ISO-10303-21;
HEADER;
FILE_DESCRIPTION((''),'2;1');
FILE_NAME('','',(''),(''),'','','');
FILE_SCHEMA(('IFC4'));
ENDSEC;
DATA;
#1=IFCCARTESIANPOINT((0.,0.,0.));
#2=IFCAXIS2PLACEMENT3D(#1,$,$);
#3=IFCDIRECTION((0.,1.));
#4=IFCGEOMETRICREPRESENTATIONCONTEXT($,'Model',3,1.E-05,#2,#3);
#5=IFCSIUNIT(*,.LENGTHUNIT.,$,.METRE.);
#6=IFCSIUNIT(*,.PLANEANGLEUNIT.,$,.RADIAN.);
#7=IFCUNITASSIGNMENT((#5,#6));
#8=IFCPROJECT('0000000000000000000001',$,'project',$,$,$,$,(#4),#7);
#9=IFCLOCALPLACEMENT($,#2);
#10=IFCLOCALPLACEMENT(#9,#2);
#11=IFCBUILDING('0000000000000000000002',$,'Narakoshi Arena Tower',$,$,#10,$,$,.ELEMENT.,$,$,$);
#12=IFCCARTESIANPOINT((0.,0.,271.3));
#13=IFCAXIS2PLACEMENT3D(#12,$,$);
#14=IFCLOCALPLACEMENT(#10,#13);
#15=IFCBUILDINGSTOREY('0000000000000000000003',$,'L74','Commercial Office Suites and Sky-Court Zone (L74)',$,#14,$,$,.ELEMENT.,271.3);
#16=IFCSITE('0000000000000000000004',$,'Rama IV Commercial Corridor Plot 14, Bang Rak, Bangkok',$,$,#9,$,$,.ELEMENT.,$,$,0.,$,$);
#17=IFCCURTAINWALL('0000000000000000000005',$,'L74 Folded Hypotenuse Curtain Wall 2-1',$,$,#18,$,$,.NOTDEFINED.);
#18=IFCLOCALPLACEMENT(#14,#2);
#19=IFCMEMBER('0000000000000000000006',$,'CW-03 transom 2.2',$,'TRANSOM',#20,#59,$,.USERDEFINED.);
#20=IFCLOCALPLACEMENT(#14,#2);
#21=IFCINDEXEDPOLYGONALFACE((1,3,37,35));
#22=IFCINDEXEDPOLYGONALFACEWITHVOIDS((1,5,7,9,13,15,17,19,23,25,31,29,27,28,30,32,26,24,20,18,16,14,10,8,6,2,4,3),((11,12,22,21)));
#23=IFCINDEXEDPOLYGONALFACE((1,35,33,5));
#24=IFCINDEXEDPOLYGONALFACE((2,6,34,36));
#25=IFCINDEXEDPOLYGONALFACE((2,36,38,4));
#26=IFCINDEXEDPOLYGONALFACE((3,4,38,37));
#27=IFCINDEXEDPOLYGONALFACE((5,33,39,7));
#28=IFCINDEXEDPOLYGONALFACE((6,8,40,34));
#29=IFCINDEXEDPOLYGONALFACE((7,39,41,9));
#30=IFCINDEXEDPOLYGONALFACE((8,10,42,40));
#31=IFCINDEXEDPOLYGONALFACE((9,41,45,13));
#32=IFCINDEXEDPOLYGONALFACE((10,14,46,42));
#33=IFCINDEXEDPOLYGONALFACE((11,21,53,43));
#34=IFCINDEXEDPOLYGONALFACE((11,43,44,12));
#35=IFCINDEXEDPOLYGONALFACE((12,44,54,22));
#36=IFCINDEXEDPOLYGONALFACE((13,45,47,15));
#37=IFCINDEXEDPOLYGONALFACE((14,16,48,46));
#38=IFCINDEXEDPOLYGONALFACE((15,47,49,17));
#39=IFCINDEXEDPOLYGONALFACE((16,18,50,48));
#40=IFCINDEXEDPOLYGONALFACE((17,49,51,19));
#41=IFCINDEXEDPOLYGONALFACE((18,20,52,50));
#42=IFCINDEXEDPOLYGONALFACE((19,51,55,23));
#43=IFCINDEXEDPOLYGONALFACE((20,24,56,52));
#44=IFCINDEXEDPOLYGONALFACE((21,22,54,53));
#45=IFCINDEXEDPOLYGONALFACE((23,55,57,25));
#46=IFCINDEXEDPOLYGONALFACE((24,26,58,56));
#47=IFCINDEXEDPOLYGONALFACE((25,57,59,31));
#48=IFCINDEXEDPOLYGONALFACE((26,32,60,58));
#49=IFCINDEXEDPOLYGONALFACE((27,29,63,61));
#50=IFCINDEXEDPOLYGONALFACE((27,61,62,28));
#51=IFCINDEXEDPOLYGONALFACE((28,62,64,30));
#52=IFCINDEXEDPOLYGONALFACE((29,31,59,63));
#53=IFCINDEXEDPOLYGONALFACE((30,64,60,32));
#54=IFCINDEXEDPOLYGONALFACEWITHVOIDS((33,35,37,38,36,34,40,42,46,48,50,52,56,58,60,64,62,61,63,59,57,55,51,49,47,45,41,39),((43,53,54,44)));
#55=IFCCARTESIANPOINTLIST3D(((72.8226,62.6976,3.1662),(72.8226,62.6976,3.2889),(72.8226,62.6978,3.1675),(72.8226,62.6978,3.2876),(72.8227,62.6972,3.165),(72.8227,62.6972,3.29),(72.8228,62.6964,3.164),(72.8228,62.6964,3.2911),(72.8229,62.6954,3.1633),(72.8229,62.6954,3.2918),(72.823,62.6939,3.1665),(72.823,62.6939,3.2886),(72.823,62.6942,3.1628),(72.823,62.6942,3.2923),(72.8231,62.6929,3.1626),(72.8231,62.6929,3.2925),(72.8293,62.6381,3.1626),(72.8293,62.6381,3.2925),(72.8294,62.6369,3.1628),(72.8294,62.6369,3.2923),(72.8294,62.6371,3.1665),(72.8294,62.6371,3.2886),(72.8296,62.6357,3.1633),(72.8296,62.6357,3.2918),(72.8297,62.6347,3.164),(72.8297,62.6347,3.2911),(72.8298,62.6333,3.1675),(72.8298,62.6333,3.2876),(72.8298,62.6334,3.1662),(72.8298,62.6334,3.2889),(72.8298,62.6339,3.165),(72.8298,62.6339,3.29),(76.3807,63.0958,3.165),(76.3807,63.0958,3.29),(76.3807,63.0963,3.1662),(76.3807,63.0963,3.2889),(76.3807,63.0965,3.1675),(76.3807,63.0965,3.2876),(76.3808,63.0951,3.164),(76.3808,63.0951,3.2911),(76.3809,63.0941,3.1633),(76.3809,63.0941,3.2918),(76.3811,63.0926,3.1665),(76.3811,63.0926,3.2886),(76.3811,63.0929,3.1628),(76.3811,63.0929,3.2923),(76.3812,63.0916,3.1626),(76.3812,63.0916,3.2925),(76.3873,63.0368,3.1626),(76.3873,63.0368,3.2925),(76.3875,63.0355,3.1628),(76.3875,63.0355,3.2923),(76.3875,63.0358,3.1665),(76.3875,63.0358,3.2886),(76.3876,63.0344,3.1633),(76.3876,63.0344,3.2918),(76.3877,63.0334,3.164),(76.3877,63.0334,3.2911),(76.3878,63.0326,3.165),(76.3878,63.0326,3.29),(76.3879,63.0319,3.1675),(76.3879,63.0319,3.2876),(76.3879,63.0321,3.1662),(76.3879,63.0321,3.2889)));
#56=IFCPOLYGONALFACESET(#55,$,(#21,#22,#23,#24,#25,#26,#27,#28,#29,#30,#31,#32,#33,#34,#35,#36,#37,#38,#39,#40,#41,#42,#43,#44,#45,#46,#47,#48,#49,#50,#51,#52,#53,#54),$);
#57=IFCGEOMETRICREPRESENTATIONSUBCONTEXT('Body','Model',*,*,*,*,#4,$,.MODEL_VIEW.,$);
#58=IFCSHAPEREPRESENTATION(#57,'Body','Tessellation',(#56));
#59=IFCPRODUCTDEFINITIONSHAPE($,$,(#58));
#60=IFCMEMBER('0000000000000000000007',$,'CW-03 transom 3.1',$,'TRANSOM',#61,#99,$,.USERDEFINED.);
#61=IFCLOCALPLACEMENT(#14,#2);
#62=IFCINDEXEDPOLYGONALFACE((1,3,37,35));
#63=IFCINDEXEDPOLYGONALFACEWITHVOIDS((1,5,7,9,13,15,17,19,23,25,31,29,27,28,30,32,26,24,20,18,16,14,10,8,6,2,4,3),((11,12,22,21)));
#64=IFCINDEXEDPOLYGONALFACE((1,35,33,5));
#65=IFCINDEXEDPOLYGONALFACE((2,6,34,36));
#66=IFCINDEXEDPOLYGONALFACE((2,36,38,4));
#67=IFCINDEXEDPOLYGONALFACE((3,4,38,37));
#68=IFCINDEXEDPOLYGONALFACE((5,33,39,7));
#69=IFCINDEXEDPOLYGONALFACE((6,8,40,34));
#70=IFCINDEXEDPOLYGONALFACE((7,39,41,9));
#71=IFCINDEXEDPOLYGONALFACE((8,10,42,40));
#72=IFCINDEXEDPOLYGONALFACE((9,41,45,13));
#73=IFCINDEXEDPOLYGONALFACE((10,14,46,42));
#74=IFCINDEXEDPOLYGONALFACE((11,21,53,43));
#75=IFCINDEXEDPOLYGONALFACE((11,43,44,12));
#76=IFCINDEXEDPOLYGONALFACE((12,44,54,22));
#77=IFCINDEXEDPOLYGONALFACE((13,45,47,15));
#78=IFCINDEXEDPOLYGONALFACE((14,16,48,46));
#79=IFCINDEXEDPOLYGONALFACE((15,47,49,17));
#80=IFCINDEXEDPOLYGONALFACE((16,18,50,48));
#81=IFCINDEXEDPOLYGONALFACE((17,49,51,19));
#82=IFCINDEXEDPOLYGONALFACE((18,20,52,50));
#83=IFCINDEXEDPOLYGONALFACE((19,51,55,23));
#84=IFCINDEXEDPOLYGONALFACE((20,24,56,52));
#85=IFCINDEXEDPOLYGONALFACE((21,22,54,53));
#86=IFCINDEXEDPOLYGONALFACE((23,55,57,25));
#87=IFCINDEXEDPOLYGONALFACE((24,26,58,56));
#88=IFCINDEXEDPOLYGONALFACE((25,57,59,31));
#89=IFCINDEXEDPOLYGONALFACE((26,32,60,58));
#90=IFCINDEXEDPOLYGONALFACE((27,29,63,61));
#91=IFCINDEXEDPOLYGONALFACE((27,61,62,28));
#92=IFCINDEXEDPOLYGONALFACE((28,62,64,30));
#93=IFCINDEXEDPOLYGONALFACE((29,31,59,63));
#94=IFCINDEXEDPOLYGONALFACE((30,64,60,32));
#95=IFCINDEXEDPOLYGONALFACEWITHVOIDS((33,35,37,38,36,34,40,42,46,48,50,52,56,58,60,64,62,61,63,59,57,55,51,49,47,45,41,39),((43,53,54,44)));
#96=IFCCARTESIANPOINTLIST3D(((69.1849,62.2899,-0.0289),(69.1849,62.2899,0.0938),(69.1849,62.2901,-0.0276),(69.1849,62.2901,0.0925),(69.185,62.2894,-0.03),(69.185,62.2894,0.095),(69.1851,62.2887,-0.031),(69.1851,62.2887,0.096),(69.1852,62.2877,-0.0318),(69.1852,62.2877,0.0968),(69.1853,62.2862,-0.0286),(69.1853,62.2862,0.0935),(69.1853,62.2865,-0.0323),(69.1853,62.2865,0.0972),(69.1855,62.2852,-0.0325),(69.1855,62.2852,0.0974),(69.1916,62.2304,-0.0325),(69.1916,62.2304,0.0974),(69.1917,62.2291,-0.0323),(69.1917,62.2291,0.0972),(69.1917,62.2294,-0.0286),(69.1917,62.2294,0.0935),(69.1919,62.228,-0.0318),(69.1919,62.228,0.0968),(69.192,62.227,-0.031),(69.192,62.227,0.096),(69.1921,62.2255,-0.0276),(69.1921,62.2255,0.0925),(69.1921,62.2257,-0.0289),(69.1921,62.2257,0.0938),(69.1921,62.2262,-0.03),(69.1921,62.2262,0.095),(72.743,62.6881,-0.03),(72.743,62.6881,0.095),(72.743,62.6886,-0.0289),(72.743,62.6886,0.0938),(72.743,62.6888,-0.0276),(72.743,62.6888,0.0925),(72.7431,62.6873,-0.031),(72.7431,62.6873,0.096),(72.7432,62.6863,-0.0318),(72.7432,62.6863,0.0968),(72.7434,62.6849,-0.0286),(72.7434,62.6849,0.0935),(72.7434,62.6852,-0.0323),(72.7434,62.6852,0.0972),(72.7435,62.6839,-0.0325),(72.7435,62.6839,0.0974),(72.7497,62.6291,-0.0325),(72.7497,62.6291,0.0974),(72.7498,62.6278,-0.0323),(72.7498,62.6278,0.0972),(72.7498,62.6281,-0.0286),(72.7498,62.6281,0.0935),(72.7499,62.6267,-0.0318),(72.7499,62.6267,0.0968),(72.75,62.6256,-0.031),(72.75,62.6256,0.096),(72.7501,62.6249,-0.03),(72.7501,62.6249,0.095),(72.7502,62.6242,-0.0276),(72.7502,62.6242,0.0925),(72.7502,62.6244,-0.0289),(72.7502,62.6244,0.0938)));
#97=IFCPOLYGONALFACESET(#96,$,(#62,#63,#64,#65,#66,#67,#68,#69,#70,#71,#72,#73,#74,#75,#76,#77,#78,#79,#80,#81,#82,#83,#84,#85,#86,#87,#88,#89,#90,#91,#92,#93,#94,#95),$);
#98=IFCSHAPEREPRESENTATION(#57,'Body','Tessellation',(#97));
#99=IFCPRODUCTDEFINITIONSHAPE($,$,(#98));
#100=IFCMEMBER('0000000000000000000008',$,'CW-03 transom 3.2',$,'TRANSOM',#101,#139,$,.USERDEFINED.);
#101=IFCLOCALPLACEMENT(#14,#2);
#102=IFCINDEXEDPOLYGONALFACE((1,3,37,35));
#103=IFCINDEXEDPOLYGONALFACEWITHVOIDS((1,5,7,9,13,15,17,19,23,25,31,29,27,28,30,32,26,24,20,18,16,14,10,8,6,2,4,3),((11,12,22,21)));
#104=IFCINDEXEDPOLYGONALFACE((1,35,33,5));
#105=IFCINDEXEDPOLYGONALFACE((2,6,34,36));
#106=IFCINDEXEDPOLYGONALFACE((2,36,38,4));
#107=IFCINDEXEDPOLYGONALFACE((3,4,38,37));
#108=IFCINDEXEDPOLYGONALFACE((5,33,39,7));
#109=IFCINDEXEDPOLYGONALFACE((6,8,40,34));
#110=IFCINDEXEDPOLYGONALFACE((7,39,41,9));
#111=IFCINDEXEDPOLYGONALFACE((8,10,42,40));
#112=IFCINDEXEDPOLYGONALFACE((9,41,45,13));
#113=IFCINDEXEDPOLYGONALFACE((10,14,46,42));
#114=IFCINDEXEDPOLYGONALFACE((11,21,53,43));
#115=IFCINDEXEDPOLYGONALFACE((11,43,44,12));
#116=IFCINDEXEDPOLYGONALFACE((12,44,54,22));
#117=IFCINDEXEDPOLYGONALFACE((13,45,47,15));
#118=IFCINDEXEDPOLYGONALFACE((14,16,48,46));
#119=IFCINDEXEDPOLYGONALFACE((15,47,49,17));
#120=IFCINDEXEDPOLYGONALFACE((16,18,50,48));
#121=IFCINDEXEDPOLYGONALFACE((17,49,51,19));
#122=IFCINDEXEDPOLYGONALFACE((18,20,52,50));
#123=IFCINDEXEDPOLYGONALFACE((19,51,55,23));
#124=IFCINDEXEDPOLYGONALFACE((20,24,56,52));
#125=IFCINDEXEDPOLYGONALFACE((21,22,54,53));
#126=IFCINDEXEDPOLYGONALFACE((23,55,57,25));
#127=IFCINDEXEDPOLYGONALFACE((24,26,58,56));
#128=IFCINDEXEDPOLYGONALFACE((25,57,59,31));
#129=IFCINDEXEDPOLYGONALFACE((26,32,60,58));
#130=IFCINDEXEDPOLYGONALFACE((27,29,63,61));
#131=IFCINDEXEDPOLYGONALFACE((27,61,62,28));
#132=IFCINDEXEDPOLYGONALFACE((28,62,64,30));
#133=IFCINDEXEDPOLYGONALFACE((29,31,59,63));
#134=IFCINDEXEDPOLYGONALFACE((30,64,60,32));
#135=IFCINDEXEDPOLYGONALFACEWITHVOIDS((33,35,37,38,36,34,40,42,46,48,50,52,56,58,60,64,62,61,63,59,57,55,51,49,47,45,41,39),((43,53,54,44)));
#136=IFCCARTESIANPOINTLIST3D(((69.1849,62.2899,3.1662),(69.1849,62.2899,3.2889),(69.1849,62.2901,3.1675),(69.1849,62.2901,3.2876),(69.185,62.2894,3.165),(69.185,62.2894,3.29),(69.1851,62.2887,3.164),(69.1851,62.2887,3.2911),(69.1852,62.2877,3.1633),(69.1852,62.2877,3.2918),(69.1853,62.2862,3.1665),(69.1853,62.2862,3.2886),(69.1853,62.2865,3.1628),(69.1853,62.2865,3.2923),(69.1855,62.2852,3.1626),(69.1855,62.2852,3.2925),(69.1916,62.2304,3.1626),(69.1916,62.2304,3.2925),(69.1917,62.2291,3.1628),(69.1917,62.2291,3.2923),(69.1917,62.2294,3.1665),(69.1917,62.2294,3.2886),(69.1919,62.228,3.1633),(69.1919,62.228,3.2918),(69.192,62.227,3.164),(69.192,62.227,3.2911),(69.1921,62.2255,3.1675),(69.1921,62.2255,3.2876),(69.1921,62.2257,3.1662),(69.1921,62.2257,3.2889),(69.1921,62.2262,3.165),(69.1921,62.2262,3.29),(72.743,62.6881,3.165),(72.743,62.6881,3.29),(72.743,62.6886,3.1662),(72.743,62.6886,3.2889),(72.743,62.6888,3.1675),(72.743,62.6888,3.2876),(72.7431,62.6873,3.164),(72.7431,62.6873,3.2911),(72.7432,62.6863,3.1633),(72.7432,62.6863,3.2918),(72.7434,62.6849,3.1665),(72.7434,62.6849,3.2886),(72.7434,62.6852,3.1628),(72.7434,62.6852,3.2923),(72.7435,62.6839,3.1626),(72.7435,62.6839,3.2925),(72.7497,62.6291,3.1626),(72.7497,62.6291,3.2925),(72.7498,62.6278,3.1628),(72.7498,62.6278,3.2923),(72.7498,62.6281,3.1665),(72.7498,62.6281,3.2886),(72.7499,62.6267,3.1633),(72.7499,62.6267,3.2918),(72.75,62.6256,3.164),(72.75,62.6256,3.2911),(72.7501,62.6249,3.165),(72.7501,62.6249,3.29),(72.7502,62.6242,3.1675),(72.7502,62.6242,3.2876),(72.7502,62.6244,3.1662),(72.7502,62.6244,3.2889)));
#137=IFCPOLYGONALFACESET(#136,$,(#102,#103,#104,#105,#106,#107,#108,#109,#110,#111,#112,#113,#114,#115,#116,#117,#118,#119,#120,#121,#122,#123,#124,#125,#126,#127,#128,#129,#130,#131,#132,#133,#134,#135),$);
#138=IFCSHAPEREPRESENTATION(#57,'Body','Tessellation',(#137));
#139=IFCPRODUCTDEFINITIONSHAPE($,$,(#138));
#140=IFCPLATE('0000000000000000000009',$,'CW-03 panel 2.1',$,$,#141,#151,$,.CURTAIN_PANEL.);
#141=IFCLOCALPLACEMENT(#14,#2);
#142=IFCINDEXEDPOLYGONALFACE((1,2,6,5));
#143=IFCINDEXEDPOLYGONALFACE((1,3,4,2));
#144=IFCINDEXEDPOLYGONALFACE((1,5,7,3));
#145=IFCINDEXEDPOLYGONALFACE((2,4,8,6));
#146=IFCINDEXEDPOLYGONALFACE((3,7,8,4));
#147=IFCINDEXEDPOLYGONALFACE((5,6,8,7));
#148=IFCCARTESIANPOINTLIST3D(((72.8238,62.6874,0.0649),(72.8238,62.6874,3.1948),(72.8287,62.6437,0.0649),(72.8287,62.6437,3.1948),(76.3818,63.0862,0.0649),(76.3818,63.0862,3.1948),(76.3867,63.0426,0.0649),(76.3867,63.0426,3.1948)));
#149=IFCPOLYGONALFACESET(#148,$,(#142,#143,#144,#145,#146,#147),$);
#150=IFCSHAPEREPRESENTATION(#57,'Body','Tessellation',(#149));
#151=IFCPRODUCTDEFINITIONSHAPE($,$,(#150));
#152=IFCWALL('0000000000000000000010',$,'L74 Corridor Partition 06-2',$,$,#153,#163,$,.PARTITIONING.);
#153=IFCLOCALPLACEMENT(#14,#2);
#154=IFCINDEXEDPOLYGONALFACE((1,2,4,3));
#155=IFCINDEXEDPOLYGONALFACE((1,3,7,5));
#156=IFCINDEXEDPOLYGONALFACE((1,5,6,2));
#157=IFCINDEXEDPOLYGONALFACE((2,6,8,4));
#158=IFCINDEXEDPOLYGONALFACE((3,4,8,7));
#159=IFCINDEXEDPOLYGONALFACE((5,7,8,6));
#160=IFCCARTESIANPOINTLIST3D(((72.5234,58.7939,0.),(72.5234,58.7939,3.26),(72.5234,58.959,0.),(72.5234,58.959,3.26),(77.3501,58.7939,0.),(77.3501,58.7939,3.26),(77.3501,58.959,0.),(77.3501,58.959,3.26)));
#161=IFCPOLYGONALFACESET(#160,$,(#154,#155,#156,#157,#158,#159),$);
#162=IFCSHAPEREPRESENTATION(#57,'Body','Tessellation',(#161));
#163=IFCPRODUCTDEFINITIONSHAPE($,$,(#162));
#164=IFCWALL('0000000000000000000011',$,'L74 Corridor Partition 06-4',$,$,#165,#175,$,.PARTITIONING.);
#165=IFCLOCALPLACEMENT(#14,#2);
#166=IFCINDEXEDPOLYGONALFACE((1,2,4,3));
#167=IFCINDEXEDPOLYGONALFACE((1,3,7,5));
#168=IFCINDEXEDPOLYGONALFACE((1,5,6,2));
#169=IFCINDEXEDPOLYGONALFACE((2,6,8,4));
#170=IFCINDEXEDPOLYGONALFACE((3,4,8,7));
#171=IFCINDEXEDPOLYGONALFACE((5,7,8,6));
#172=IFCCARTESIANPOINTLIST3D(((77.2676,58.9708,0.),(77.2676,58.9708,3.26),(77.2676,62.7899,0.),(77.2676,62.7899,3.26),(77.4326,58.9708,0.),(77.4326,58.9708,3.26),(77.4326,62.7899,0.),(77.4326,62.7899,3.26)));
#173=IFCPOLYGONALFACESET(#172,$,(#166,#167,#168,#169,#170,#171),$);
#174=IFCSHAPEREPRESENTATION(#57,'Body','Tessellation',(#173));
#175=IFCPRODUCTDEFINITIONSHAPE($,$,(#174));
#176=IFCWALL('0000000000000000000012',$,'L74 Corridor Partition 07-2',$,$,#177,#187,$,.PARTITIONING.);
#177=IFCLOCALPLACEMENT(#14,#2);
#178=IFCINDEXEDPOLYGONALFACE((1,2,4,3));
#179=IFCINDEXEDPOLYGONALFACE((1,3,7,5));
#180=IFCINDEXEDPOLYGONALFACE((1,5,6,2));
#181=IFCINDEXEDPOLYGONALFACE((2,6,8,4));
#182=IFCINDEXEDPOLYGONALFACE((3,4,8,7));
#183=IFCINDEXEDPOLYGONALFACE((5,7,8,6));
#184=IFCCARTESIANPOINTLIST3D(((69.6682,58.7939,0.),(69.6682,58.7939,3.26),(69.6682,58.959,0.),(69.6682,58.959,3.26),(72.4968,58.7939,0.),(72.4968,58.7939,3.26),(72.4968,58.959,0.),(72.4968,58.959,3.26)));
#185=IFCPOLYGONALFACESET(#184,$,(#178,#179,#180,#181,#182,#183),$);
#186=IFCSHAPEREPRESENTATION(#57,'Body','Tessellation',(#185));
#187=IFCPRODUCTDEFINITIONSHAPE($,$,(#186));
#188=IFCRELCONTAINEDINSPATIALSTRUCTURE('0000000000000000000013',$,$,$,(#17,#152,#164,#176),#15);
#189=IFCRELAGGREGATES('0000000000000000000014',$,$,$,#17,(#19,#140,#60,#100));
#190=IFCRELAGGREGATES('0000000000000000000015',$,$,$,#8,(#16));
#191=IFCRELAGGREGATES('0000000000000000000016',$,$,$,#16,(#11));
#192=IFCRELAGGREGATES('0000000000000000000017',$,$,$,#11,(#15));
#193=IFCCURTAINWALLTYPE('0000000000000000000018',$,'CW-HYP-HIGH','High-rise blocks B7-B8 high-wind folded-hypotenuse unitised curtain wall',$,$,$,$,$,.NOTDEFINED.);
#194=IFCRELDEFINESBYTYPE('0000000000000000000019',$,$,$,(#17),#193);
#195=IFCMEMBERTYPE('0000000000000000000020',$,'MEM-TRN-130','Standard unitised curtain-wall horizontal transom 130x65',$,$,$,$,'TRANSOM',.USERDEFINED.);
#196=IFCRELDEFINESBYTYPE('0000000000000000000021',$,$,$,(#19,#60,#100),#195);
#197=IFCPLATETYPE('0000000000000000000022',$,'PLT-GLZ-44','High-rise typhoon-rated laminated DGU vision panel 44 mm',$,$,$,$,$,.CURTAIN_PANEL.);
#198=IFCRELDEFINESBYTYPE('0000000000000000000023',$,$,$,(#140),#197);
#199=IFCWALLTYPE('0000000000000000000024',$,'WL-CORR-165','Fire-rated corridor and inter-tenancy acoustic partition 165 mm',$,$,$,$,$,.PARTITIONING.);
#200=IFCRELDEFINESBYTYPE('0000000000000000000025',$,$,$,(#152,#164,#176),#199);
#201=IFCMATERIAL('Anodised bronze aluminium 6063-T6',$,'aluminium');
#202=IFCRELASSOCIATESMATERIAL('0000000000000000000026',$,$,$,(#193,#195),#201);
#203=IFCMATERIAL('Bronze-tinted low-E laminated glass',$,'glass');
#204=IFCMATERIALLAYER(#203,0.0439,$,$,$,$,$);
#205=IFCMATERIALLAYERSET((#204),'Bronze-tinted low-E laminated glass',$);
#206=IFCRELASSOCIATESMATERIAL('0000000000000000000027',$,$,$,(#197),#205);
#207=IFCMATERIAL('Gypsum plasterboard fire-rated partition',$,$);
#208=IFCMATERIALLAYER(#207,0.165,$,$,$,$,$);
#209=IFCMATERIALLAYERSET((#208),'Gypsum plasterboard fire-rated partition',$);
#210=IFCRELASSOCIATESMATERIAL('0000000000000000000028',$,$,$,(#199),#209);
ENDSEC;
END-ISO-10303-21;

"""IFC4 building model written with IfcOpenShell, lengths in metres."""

from ifc_helpers import new_model, si_unit, direction, frame, frame_2d, origin, origin_2d, place, context, subcontext, project, spatial, rectangle, hollow_rectangle, extrude, material, layer, layer_set, material_profile, profile_set, type_object, element, aggregate, save


model = new_model("IFC4")

# Units and contexts
model_context = context("Model", 3, precision=1e-05, world=origin(), true_north=direction((0.0, 1.0)))
body_context = subcontext(model_context, "Body", "Model", "MODEL_VIEW")
ifc_project = project(units=[si_unit("LENGTHUNIT", "METRE"), si_unit("PLANEANGLEUNIT", "RADIAN")], contexts=[model_context])

# Site, building, storey
site_placement = place(None, origin())
site = spatial("IfcSite", under=ifc_project, at=site_placement, Name="Rama IV Commercial Corridor Plot 14, Bang Rak, Bangkok", CompositionType="ELEMENT", RefElevation=0.0)
building_placement = place(site_placement, origin())
building = spatial("IfcBuilding", under=site, at=building_placement, Name="Narakoshi Arena Tower", CompositionType="ELEMENT")
storey_placement = place(building_placement, frame((0.0, 0.0, 271.3)))
storey = spatial("IfcBuildingStorey", under=building, at=storey_placement, Name="L74", Description="Commercial Office Suites and Sky-Court Zone (L74)", CompositionType="ELEMENT", Elevation=271.3)

# Curtain wall, members, plate
ifc_material_1 = material(Name="Anodised bronze aluminium 6063-T6", Category="aluminium")
curtain_wall_type = type_object("IfcCurtainWallType", Name="CW-HYP-HIGH", Description="High-rise blocks B7-B8 high-wind folded-hypotenuse unitised curtain wall", PredefinedType="NOTDEFINED", material=ifc_material_1)
curtain_wall_placement = place(storey_placement, origin())
curtain_wall = element("IfcCurtainWall", 1, at=curtain_wall_placement, inside=storey, type_object=curtain_wall_type, Name="L74 Folded Hypotenuse Curtain Wall 2-1", PredefinedType="NOTDEFINED")
ifc_material_profile_1 = material_profile(ifc_material_1, hollow_rectangle(XDim=0.0649, YDim=0.1299, WallThickness=0.0039, OuterFilletRadius=0.0049, at=origin_2d()), Name="TRN130x65x4")
ifc_profile_set_1 = profile_set([ifc_material_profile_1], Name="Anodised bronze aluminium 6063-T6")
member_type_1 = type_object("IfcMemberType", Name="MEM-TRN-130", Description="Standard unitised curtain-wall horizontal transom 130x65", ElementType="TRANSOM", PredefinedType="USERDEFINED", material=ifc_profile_set_1)
member_1_placement = place(storey_placement, frame((76.3843, 63.0642, 3.2275), z_axis=(-0.993781, -0.111352, 0.0), x_axis=(0.111352, -0.993781, 0.0)))
member_1 = element("IfcMember", 2, at=member_1_placement, type_object=member_type_1, Name="CW-03 transom 2.2", ObjectType="TRANSOM", PredefinedType="USERDEFINED", context=body_context, shape_type="SweptSolid", body=[
    extrude(hollow_rectangle(XDim=0.0649, YDim=0.1299, WallThickness=0.0039, OuterFilletRadius=0.0049, at=origin_2d()), origin(), (0.0, 0.0, 1.0), 3.5803),
])
member_2_placement = place(storey_placement, frame((72.7466, 62.6565, 0.0325), z_axis=(-0.993781, -0.111352, 0.0), x_axis=(0.111352, -0.993781, 0.0)))
member_2 = element("IfcMember", 3, at=member_2_placement, type_object=member_type_1, Name="CW-03 transom 3.1", ObjectType="TRANSOM", PredefinedType="USERDEFINED", context=body_context, shape_type="SweptSolid", body=[
    extrude(hollow_rectangle(XDim=0.0649, YDim=0.1299, WallThickness=0.0039, OuterFilletRadius=0.0049, at=origin_2d()), origin(), (0.0, 0.0, 1.0), 3.5803),
])
member_3_placement = place(storey_placement, frame((72.7466, 62.6565, 3.2275), z_axis=(-0.993781, -0.111352, 0.0), x_axis=(0.111352, -0.993781, 0.0)))
member_3 = element("IfcMember", 4, at=member_3_placement, type_object=member_type_1, Name="CW-03 transom 3.2", ObjectType="TRANSOM", PredefinedType="USERDEFINED", context=body_context, shape_type="SweptSolid", body=[
    extrude(hollow_rectangle(XDim=0.0649, YDim=0.1299, WallThickness=0.0039, OuterFilletRadius=0.0049, at=origin_2d()), origin(), (0.0, 0.0, 1.0), 3.5803),
])
ifc_material_2 = material(Name="Bronze-tinted low-E laminated glass", Category="glass")
ifc_layer_1 = layer(ifc_material_2, 0.0439)
ifc_layer_set_1 = layer_set([ifc_layer_1], Name="Bronze-tinted low-E laminated glass")
plate_type = type_object("IfcPlateType", Name="PLT-GLZ-44", Description="High-rise typhoon-rated laminated DGU vision panel 44 mm", PredefinedType="CURTAIN_PANEL", material=ifc_layer_set_1)
plate_placement = place(storey_placement, frame((74.6052, 62.865, 0.0649), z_axis=(0.0, 0.0, 1.0), x_axis=(-0.993776, -0.111396, 0.0)))
plate = element("IfcPlate", 5, at=plate_placement, type_object=plate_type, Name="CW-03 panel 2.1", PredefinedType="CURTAIN_PANEL", context=body_context, shape_type="SweptSolid", body=[
    extrude(rectangle(XDim=3.5803, YDim=0.0439, at=origin_2d()), origin(), (0.0, 0.0, 1.0), 3.1299),
])
aggregate(curtain_wall, [member_1, plate, member_2, member_3])

# Walls
ifc_material_3 = material(Name="Gypsum plasterboard fire-rated partition")
ifc_layer_2 = layer(ifc_material_3, 0.165)
ifc_layer_set_2 = layer_set([ifc_layer_2], Name="Gypsum plasterboard fire-rated partition")
wall_type_1 = type_object("IfcWallType", Name="WL-CORR-165", Description="Fire-rated corridor and inter-tenancy acoustic partition 165 mm", PredefinedType="PARTITIONING", material=ifc_layer_set_2)
wall_1_placement = place(storey_placement, frame((77.3501, 58.8765, 0.0), z_axis=(0.0, 0.0, 1.0), x_axis=(-1.0, 0.0, 0.0)))
element("IfcWall", 6, at=wall_1_placement, inside=storey, type_object=wall_type_1, Name="L74 Corridor Partition 06-2", PredefinedType="PARTITIONING", context=body_context, shape_type="SweptSolid", body=[
    extrude(rectangle(XDim=4.8267, YDim=0.165, at=frame_2d((2.4133, 0.0))), origin(), (0.0, 0.0, 1.0), 3.26),
])
wall_2_placement = place(storey_placement, frame((77.3501, 62.79, 0.0), z_axis=(0.0, 0.0, 1.0), x_axis=(0.0, -1.0, 0.0)))
element("IfcWall", 7, at=wall_2_placement, inside=storey, type_object=wall_type_1, Name="L74 Corridor Partition 06-4", PredefinedType="PARTITIONING", context=body_context, shape_type="SweptSolid", body=[
    extrude(rectangle(XDim=3.8191, YDim=0.165, at=frame_2d((1.9097, 0.0))), origin(), (0.0, 0.0, 1.0), 3.26),
])
wall_3_placement = place(storey_placement, frame((72.4968, 58.8765, 0.0), z_axis=(0.0, 0.0, 1.0), x_axis=(-1.0, 0.0, 0.0)))
element("IfcWall", 8, at=wall_3_placement, inside=storey, type_object=wall_type_1, Name="L74 Corridor Partition 07-2", PredefinedType="PARTITIONING", context=body_context, shape_type="SweptSolid", body=[
    extrude(rectangle(XDim=2.8286, YDim=0.165, at=frame_2d((1.4143, 0.0))), origin(), (0.0, 0.0, 1.0), 3.26),
])

save(model, "model.ifc")
